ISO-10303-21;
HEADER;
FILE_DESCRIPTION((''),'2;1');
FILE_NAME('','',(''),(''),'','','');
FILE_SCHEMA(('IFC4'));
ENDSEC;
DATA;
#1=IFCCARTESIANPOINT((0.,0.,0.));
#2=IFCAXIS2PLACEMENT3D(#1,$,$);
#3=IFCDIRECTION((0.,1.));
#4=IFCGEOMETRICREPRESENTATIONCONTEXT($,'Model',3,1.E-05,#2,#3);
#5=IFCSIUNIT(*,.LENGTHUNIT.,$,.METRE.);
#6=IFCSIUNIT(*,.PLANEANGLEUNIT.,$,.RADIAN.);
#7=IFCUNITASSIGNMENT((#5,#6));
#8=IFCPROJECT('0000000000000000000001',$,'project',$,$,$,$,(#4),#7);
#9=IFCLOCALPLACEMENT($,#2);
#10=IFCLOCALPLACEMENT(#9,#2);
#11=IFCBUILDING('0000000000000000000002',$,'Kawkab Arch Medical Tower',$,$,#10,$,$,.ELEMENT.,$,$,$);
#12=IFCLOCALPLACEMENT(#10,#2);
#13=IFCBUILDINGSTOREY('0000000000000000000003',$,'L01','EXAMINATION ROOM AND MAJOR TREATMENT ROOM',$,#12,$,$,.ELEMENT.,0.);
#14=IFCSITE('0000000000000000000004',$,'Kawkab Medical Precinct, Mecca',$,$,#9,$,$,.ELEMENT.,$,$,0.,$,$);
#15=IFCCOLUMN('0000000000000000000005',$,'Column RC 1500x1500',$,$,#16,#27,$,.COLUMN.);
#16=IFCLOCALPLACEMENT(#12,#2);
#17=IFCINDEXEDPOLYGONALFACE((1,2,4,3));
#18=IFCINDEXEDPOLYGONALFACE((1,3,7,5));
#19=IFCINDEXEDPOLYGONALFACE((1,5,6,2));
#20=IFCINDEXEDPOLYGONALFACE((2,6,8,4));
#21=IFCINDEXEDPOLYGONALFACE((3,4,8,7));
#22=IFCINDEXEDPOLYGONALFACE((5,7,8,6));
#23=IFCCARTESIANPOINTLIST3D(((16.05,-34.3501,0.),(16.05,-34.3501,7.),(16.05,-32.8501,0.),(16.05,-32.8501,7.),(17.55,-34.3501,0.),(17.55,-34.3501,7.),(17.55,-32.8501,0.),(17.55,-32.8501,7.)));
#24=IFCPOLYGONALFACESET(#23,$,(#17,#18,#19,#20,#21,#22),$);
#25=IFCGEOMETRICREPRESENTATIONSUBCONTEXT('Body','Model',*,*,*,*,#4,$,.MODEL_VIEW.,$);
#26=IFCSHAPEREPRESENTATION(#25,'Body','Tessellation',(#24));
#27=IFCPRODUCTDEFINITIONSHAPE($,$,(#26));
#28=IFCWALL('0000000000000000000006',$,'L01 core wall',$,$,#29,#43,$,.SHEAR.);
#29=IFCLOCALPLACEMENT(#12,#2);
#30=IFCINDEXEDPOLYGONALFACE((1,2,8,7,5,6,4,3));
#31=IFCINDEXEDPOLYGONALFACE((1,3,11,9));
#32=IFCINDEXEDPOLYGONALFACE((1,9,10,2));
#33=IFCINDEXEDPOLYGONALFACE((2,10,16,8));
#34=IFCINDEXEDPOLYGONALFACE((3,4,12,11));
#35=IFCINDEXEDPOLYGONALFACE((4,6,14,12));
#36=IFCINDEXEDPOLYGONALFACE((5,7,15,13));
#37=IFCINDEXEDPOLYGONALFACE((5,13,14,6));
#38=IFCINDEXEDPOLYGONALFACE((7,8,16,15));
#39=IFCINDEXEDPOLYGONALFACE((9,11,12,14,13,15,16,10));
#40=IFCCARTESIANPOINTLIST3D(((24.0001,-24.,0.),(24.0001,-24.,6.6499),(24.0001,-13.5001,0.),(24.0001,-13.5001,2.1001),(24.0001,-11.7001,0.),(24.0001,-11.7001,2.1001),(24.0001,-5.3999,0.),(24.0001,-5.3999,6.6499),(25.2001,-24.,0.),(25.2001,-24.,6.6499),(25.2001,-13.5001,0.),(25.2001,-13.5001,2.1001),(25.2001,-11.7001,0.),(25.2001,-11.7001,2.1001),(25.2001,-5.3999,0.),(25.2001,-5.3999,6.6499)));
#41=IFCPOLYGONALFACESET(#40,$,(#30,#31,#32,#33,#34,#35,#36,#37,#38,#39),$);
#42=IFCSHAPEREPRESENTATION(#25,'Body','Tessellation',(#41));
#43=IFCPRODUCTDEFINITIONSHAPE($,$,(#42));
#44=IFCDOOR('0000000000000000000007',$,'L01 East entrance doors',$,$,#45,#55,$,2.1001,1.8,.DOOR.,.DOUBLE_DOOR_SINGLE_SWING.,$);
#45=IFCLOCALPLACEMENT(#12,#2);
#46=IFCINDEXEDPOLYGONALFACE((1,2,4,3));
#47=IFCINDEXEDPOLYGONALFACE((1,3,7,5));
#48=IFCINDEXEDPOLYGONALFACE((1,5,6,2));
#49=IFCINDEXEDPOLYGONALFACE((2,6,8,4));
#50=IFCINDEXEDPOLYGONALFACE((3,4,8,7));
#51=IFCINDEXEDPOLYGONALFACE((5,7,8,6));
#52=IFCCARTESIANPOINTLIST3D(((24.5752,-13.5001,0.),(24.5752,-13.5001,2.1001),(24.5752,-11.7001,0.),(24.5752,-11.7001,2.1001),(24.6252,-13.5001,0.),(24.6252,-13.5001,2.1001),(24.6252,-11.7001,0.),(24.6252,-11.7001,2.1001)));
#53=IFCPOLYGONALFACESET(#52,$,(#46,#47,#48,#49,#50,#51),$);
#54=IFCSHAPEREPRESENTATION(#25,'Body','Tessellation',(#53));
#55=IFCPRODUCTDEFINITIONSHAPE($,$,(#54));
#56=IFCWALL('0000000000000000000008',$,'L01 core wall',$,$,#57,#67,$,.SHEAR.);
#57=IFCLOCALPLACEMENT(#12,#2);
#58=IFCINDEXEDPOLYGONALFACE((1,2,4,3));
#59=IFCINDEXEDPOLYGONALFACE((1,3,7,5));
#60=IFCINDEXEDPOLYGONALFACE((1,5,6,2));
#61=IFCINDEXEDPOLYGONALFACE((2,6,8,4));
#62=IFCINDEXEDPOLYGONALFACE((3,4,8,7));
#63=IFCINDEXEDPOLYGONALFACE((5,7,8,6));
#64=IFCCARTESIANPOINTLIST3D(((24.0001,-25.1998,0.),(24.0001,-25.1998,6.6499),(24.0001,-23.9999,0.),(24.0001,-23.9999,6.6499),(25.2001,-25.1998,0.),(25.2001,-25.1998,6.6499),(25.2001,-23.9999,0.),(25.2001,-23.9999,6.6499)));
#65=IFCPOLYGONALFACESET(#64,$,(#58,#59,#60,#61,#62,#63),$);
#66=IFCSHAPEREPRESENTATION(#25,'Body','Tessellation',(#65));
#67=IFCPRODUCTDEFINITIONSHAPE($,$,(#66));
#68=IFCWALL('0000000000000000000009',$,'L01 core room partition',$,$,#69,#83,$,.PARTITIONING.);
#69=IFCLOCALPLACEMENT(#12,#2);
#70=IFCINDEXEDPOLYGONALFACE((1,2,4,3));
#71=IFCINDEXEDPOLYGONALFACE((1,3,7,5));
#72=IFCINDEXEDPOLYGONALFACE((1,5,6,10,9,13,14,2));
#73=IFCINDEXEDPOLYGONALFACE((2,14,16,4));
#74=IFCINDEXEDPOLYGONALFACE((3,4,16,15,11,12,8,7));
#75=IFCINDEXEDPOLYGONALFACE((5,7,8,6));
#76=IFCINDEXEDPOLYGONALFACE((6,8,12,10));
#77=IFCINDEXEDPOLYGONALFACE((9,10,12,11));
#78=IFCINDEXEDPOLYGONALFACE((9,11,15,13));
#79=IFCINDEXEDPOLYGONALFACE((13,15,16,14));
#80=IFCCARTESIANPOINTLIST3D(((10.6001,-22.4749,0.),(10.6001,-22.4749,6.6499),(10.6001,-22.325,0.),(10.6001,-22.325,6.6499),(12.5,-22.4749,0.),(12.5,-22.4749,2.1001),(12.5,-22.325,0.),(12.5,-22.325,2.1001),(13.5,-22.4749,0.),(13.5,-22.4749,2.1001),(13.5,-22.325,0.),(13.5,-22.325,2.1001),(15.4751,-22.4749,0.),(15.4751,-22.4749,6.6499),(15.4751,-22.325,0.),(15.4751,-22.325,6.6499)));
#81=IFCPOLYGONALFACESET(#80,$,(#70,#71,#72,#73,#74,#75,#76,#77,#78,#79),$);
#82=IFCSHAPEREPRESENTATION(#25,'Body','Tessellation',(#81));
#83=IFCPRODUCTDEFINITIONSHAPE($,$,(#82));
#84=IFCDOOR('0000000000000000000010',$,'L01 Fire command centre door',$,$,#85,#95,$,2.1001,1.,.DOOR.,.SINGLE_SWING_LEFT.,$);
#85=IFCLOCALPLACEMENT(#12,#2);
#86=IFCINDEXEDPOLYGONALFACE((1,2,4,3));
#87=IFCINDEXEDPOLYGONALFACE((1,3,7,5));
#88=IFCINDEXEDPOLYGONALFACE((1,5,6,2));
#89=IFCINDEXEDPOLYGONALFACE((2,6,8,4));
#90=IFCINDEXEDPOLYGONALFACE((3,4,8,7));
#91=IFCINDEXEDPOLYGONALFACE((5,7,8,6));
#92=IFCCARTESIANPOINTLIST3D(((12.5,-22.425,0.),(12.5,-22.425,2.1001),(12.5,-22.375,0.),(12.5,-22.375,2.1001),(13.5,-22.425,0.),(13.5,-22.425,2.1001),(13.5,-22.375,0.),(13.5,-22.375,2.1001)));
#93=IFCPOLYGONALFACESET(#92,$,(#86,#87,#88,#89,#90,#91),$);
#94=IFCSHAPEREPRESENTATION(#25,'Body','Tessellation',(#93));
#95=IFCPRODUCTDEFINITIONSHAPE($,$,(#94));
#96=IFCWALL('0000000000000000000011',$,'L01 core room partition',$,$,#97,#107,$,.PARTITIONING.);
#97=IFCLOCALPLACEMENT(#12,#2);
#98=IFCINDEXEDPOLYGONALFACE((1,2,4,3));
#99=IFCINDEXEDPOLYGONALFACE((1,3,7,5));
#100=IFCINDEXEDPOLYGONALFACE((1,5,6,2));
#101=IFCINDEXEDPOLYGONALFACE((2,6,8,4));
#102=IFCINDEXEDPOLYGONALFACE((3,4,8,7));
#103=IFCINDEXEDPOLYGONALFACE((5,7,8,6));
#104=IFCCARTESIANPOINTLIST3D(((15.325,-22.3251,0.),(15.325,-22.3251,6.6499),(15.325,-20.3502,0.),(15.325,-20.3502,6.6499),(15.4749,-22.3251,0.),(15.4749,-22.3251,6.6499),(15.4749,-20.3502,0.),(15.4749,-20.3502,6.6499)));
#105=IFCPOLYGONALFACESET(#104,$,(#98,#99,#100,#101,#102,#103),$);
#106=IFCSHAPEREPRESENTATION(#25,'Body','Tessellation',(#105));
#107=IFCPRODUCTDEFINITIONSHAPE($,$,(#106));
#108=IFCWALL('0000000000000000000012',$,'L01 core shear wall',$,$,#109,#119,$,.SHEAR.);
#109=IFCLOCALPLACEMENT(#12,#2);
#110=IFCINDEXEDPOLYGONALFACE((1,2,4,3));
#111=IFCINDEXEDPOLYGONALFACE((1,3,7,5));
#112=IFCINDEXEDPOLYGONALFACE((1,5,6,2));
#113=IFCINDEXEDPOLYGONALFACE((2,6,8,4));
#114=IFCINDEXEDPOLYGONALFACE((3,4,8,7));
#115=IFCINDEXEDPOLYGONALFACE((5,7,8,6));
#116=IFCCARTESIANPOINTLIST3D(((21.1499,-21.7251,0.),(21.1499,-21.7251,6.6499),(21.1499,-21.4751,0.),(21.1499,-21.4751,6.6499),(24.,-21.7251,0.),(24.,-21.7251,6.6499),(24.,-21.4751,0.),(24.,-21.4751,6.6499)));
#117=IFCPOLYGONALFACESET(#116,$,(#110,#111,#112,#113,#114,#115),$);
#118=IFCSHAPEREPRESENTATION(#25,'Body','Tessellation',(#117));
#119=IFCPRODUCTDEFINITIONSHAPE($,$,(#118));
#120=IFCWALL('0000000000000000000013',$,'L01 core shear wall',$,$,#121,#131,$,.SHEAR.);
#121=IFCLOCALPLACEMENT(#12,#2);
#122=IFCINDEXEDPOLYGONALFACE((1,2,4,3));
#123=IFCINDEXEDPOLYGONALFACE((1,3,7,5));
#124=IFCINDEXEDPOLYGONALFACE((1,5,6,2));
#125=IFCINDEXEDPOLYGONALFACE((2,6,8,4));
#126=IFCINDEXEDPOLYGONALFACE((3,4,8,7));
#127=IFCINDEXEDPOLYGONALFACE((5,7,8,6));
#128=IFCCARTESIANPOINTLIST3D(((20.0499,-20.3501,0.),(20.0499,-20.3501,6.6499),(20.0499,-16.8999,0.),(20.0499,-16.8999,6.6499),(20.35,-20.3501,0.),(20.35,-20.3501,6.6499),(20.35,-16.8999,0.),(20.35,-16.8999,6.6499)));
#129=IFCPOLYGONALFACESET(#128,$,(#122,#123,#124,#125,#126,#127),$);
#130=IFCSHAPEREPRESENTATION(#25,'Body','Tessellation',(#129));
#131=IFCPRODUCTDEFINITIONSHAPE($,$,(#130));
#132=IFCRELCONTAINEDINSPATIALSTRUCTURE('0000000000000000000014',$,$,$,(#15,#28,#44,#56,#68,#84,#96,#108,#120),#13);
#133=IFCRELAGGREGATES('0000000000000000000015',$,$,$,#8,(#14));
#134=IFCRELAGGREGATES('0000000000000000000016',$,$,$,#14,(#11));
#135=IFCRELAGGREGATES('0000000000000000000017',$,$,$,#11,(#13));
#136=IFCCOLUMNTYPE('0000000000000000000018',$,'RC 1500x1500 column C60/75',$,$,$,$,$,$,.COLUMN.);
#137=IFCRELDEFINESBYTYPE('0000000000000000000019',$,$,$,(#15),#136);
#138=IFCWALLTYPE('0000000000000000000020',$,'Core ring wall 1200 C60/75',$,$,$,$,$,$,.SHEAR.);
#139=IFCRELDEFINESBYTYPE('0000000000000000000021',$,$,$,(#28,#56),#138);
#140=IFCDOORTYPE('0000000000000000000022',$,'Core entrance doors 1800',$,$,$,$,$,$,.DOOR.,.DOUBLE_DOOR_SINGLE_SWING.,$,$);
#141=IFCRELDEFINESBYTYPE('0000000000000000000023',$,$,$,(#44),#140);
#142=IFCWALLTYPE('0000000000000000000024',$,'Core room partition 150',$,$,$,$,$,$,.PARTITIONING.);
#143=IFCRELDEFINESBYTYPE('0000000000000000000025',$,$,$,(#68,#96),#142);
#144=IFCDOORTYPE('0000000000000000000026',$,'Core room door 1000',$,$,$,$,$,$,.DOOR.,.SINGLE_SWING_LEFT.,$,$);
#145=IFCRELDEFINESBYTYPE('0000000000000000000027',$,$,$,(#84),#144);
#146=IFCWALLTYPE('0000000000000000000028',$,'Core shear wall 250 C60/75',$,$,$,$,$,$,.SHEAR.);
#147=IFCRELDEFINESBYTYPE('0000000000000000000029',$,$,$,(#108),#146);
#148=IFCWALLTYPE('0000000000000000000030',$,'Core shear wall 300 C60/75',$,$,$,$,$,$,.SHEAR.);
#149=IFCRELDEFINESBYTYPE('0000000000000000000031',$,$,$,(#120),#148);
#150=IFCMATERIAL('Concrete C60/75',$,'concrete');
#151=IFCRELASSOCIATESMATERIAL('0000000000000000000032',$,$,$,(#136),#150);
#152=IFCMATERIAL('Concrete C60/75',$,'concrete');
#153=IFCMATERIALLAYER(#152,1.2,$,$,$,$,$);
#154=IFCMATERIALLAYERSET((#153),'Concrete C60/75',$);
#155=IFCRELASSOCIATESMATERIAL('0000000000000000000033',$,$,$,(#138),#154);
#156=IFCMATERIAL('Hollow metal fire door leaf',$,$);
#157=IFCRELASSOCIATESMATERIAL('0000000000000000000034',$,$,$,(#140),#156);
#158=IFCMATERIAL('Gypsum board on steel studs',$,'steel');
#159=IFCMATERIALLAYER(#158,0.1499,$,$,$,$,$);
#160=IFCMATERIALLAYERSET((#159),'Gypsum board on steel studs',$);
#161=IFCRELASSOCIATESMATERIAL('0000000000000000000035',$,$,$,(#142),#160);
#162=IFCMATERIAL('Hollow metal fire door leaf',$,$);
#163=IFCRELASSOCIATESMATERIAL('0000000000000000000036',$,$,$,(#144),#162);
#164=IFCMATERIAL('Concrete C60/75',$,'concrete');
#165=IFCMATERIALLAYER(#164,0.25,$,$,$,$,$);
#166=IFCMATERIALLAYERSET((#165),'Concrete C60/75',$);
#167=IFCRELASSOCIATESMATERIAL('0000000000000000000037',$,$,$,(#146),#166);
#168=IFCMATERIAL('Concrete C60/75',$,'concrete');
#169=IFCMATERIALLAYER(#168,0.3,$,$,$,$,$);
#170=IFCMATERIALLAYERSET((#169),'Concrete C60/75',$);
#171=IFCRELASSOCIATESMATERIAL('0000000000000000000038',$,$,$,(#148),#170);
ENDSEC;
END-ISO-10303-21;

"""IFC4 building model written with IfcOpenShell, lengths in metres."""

from ifc_helpers import new_model, si_unit, direction, frame, frame_2d, origin, origin_2d, place, context, subcontext, project, spatial, rectangle, extrude, material, layer, layer_set, material_profile, profile_set, type_object, element, fill, save


model = new_model("IFC4")

# Units and contexts
model_context = context("Model", 3, precision=1e-05, world=origin(), true_north=direction((0.0, 1.0)))
body_context = subcontext(model_context, "Body", "Model", "MODEL_VIEW")
ifc_project = project(units=[si_unit("LENGTHUNIT", "METRE"), si_unit("PLANEANGLEUNIT", "RADIAN")], contexts=[model_context])

# Site, building, storey
site_placement = place(None, origin())
site = spatial("IfcSite", under=ifc_project, at=site_placement, Name="Kawkab Medical Precinct, Mecca", CompositionType="ELEMENT", RefElevation=0.0)
building_placement = place(site_placement, origin())
building = spatial("IfcBuilding", under=site, at=building_placement, Name="Kawkab Arch Medical Tower", CompositionType="ELEMENT")
storey_placement = place(building_placement, origin())
storey = spatial("IfcBuildingStorey", under=building, at=storey_placement, Name="L01", Description="EXAMINATION ROOM AND MAJOR TREATMENT ROOM", CompositionType="ELEMENT", Elevation=0.0)

# Column
ifc_material_1 = material(Name="Concrete C60/75", Category="concrete")
ifc_material_profile = material_profile(ifc_material_1, rectangle(XDim=1.5, YDim=1.5, at=origin_2d()), Name="RC 1500x1500")
ifc_profile_set = profile_set([ifc_material_profile], Name="Concrete C60/75")
column_type = type_object("IfcColumnType", Name="RC 1500x1500 column C60/75", PredefinedType="COLUMN", material=ifc_profile_set)
column_placement = place(storey_placement, frame((16.8, -33.6001, 0.0), z_axis=(0.0, 0.0, 1.0), x_axis=(1.0, 0.0, 0.0)))
element("IfcColumn", 1, at=column_placement, inside=storey, type_object=column_type, Name="Column RC 1500x1500", PredefinedType="COLUMN", context=body_context, shape_type="SweptSolid", body=[
    extrude(rectangle(XDim=1.5, YDim=1.5, at=origin_2d()), origin(), (0.0, 0.0, 1.0), 7.0),
])

# Wall, opening, door
ifc_material_2 = material(Name="Concrete C60/75", Category="concrete")
ifc_layer_1 = layer(ifc_material_2, 1.2)
ifc_layer_set_1 = layer_set([ifc_layer_1], Name="Concrete C60/75")
wall_type_1 = type_object("IfcWallType", Name="Core ring wall 1200 C60/75", PredefinedType="SHEAR", material=ifc_layer_set_1)
wall_1_placement = place(storey_placement, frame((24.6001, -24.0, 0.0), z_axis=(0.0, 0.0, 1.0), x_axis=(0.0, 1.0, 0.0)))
wall_1 = element("IfcWall", 2, at=wall_1_placement, inside=storey, type_object=wall_type_1, Name="L01 core wall", PredefinedType="SHEAR", context=body_context, shape_type="SweptSolid", body=[
    extrude(rectangle(XDim=18.6001, YDim=1.2, at=frame_2d((9.3, 0.0))), origin(), (0.0, 0.0, 1.0), 6.6499),
])
opening_1_placement = place(wall_1_placement, frame((10.5, 0.0, 0.0)))
opening_1 = element("IfcOpeningElement", 3, at=opening_1_placement, cuts=wall_1, PredefinedType="OPENING", context=body_context, shape_type="SweptSolid", body=[
    extrude(rectangle(XDim=1.8, YDim=2.1001, at=frame_2d((0.8999, 1.05))), frame((0.0, 0.6099, 0.0), z_axis=(0.0, -1.0, 0.0), x_axis=(1.0, 0.0, 0.0)), (0.0, 0.0, 1.0), 1.22),
])
ifc_material_3 = material(Name="Hollow metal fire door leaf")
door_type_1 = type_object("IfcDoorType", Name="Core entrance doors 1800", OperationType="DOUBLE_DOOR_SINGLE_SWING", PredefinedType="DOOR", material=ifc_material_3)
door_1_placement = place(opening_1_placement, origin())
door_1 = element("IfcDoor", 4, at=door_1_placement, inside=storey, type_object=door_type_1, Name="L01 East entrance doors", OperationType="DOUBLE_DOOR_SINGLE_SWING", OverallHeight=2.1001, OverallWidth=1.8, PredefinedType="DOOR", context=body_context, shape_type="SweptSolid", body=[
    extrude(rectangle(XDim=1.8, YDim=2.1001, at=frame_2d((0.8999, 1.05))), frame((0.0, 0.0249, 0.0), z_axis=(0.0, -1.0, 0.0), x_axis=(1.0, 0.0, 0.0)), (0.0, 0.0, 1.0), 0.05),
])
fill(opening_1, door_1)

# Wall
wall_2_placement = place(storey_placement, frame((24.6001, -25.2, 0.0), z_axis=(0.0, 0.0, 1.0), x_axis=(0.0, 1.0, 0.0)))
element("IfcWall", 5, at=wall_2_placement, inside=storey, type_object=wall_type_1, Name="L01 core wall", PredefinedType="SHEAR", context=body_context, shape_type="SweptSolid", body=[
    extrude(rectangle(XDim=1.2, YDim=1.2, at=frame_2d((0.6001, 0.0))), origin(), (0.0, 0.0, 1.0), 6.6499),
])

# Wall, opening, door
ifc_material_4 = material(Name="Gypsum board on steel studs", Category="steel")
ifc_layer_2 = layer(ifc_material_4, 0.1499)
ifc_layer_set_2 = layer_set([ifc_layer_2], Name="Gypsum board on steel studs")
wall_type_2 = type_object("IfcWallType", Name="Core room partition 150", PredefinedType="PARTITIONING", material=ifc_layer_set_2)
wall_3_placement = place(storey_placement, frame((10.6001, -22.3999, 0.0), z_axis=(0.0, 0.0, 1.0), x_axis=(1.0, 0.0, 0.0)))
wall_3 = element("IfcWall", 6, at=wall_3_placement, inside=storey, type_object=wall_type_2, Name="L01 core room partition", PredefinedType="PARTITIONING", context=body_context, shape_type="SweptSolid", body=[
    extrude(rectangle(XDim=4.875, YDim=0.1499, at=frame_2d((2.4375, 0.0))), origin(), (0.0, 0.0, 1.0), 6.6499),
])
opening_2_placement = place(wall_3_placement, frame((1.8999, 0.0, 0.0)))
opening_2 = element("IfcOpeningElement", 7, at=opening_2_placement, cuts=wall_3, PredefinedType="OPENING", context=body_context, shape_type="SweptSolid", body=[
    extrude(rectangle(XDim=1.0, YDim=2.1001, at=frame_2d((0.5, 1.05))), frame((0.0, 0.085, 0.0), z_axis=(0.0, -1.0, 0.0), x_axis=(1.0, 0.0, 0.0)), (0.0, 0.0, 1.0), 0.1699),
])
ifc_material_5 = material(Name="Hollow metal fire door leaf")
door_type_2 = type_object("IfcDoorType", Name="Core room door 1000", OperationType="SINGLE_SWING_LEFT", PredefinedType="DOOR", material=ifc_material_5)
door_2_placement = place(opening_2_placement, origin())
door_2 = element("IfcDoor", 8, at=door_2_placement, inside=storey, type_object=door_type_2, Name="L01 Fire command centre door", OperationType="SINGLE_SWING_LEFT", OverallHeight=2.1001, OverallWidth=1.0, PredefinedType="DOOR", context=body_context, shape_type="SweptSolid", body=[
    extrude(rectangle(XDim=1.0, YDim=2.1001, at=frame_2d((0.5, 1.05))), frame((0.0, 0.0249, 0.0), z_axis=(0.0, -1.0, 0.0), x_axis=(1.0, 0.0, 0.0)), (0.0, 0.0, 1.0), 0.05),
])
fill(opening_2, door_2)

# Walls
wall_4_placement = place(storey_placement, frame((15.3999, -22.325, 0.0), z_axis=(0.0, 0.0, 1.0), x_axis=(0.0, 1.0, 0.0)))
element("IfcWall", 9, at=wall_4_placement, inside=storey, type_object=wall_type_2, Name="L01 core room partition", PredefinedType="PARTITIONING", context=body_context, shape_type="SweptSolid", body=[
    extrude(rectangle(XDim=1.9749, YDim=0.1499, at=frame_2d((0.9873, 0.0))), origin(), (0.0, 0.0, 1.0), 6.6499),
])
ifc_material_6 = material(Name="Concrete C60/75", Category="concrete")
ifc_layer_3 = layer(ifc_material_6, 0.25)
ifc_layer_set_3 = layer_set([ifc_layer_3], Name="Concrete C60/75")
wall_type_3 = type_object("IfcWallType", Name="Core shear wall 250 C60/75", PredefinedType="SHEAR", material=ifc_layer_set_3)
wall_5_placement = place(storey_placement, frame((21.1499, -21.6001, 0.0), z_axis=(0.0, 0.0, 1.0), x_axis=(1.0, 0.0, 0.0)))
element("IfcWall", 10, at=wall_5_placement, inside=storey, type_object=wall_type_3, Name="L01 core shear wall", PredefinedType="SHEAR", context=body_context, shape_type="SweptSolid", body=[
    extrude(rectangle(XDim=2.8501, YDim=0.25, at=frame_2d((1.425, 0.0))), origin(), (0.0, 0.0, 1.0), 6.6499),
])
ifc_material_7 = material(Name="Concrete C60/75", Category="concrete")
ifc_layer_4 = layer(ifc_material_7, 0.3)
ifc_layer_set_4 = layer_set([ifc_layer_4], Name="Concrete C60/75")
wall_type_4 = type_object("IfcWallType", Name="Core shear wall 300 C60/75", PredefinedType="SHEAR", material=ifc_layer_set_4)
wall_6_placement = place(storey_placement, frame((20.2, -20.3501, 0.0), z_axis=(0.0, 0.0, 1.0), x_axis=(0.0, 1.0, 0.0)))
element("IfcWall", 11, at=wall_6_placement, inside=storey, type_object=wall_type_4, Name="L01 core shear wall", PredefinedType="SHEAR", context=body_context, shape_type="SweptSolid", body=[
    extrude(rectangle(XDim=3.4502, YDim=0.3, at=frame_2d((1.7251, 0.0))), origin(), (0.0, 0.0, 1.0), 6.6499),
])

save(model, "model.ifc")
